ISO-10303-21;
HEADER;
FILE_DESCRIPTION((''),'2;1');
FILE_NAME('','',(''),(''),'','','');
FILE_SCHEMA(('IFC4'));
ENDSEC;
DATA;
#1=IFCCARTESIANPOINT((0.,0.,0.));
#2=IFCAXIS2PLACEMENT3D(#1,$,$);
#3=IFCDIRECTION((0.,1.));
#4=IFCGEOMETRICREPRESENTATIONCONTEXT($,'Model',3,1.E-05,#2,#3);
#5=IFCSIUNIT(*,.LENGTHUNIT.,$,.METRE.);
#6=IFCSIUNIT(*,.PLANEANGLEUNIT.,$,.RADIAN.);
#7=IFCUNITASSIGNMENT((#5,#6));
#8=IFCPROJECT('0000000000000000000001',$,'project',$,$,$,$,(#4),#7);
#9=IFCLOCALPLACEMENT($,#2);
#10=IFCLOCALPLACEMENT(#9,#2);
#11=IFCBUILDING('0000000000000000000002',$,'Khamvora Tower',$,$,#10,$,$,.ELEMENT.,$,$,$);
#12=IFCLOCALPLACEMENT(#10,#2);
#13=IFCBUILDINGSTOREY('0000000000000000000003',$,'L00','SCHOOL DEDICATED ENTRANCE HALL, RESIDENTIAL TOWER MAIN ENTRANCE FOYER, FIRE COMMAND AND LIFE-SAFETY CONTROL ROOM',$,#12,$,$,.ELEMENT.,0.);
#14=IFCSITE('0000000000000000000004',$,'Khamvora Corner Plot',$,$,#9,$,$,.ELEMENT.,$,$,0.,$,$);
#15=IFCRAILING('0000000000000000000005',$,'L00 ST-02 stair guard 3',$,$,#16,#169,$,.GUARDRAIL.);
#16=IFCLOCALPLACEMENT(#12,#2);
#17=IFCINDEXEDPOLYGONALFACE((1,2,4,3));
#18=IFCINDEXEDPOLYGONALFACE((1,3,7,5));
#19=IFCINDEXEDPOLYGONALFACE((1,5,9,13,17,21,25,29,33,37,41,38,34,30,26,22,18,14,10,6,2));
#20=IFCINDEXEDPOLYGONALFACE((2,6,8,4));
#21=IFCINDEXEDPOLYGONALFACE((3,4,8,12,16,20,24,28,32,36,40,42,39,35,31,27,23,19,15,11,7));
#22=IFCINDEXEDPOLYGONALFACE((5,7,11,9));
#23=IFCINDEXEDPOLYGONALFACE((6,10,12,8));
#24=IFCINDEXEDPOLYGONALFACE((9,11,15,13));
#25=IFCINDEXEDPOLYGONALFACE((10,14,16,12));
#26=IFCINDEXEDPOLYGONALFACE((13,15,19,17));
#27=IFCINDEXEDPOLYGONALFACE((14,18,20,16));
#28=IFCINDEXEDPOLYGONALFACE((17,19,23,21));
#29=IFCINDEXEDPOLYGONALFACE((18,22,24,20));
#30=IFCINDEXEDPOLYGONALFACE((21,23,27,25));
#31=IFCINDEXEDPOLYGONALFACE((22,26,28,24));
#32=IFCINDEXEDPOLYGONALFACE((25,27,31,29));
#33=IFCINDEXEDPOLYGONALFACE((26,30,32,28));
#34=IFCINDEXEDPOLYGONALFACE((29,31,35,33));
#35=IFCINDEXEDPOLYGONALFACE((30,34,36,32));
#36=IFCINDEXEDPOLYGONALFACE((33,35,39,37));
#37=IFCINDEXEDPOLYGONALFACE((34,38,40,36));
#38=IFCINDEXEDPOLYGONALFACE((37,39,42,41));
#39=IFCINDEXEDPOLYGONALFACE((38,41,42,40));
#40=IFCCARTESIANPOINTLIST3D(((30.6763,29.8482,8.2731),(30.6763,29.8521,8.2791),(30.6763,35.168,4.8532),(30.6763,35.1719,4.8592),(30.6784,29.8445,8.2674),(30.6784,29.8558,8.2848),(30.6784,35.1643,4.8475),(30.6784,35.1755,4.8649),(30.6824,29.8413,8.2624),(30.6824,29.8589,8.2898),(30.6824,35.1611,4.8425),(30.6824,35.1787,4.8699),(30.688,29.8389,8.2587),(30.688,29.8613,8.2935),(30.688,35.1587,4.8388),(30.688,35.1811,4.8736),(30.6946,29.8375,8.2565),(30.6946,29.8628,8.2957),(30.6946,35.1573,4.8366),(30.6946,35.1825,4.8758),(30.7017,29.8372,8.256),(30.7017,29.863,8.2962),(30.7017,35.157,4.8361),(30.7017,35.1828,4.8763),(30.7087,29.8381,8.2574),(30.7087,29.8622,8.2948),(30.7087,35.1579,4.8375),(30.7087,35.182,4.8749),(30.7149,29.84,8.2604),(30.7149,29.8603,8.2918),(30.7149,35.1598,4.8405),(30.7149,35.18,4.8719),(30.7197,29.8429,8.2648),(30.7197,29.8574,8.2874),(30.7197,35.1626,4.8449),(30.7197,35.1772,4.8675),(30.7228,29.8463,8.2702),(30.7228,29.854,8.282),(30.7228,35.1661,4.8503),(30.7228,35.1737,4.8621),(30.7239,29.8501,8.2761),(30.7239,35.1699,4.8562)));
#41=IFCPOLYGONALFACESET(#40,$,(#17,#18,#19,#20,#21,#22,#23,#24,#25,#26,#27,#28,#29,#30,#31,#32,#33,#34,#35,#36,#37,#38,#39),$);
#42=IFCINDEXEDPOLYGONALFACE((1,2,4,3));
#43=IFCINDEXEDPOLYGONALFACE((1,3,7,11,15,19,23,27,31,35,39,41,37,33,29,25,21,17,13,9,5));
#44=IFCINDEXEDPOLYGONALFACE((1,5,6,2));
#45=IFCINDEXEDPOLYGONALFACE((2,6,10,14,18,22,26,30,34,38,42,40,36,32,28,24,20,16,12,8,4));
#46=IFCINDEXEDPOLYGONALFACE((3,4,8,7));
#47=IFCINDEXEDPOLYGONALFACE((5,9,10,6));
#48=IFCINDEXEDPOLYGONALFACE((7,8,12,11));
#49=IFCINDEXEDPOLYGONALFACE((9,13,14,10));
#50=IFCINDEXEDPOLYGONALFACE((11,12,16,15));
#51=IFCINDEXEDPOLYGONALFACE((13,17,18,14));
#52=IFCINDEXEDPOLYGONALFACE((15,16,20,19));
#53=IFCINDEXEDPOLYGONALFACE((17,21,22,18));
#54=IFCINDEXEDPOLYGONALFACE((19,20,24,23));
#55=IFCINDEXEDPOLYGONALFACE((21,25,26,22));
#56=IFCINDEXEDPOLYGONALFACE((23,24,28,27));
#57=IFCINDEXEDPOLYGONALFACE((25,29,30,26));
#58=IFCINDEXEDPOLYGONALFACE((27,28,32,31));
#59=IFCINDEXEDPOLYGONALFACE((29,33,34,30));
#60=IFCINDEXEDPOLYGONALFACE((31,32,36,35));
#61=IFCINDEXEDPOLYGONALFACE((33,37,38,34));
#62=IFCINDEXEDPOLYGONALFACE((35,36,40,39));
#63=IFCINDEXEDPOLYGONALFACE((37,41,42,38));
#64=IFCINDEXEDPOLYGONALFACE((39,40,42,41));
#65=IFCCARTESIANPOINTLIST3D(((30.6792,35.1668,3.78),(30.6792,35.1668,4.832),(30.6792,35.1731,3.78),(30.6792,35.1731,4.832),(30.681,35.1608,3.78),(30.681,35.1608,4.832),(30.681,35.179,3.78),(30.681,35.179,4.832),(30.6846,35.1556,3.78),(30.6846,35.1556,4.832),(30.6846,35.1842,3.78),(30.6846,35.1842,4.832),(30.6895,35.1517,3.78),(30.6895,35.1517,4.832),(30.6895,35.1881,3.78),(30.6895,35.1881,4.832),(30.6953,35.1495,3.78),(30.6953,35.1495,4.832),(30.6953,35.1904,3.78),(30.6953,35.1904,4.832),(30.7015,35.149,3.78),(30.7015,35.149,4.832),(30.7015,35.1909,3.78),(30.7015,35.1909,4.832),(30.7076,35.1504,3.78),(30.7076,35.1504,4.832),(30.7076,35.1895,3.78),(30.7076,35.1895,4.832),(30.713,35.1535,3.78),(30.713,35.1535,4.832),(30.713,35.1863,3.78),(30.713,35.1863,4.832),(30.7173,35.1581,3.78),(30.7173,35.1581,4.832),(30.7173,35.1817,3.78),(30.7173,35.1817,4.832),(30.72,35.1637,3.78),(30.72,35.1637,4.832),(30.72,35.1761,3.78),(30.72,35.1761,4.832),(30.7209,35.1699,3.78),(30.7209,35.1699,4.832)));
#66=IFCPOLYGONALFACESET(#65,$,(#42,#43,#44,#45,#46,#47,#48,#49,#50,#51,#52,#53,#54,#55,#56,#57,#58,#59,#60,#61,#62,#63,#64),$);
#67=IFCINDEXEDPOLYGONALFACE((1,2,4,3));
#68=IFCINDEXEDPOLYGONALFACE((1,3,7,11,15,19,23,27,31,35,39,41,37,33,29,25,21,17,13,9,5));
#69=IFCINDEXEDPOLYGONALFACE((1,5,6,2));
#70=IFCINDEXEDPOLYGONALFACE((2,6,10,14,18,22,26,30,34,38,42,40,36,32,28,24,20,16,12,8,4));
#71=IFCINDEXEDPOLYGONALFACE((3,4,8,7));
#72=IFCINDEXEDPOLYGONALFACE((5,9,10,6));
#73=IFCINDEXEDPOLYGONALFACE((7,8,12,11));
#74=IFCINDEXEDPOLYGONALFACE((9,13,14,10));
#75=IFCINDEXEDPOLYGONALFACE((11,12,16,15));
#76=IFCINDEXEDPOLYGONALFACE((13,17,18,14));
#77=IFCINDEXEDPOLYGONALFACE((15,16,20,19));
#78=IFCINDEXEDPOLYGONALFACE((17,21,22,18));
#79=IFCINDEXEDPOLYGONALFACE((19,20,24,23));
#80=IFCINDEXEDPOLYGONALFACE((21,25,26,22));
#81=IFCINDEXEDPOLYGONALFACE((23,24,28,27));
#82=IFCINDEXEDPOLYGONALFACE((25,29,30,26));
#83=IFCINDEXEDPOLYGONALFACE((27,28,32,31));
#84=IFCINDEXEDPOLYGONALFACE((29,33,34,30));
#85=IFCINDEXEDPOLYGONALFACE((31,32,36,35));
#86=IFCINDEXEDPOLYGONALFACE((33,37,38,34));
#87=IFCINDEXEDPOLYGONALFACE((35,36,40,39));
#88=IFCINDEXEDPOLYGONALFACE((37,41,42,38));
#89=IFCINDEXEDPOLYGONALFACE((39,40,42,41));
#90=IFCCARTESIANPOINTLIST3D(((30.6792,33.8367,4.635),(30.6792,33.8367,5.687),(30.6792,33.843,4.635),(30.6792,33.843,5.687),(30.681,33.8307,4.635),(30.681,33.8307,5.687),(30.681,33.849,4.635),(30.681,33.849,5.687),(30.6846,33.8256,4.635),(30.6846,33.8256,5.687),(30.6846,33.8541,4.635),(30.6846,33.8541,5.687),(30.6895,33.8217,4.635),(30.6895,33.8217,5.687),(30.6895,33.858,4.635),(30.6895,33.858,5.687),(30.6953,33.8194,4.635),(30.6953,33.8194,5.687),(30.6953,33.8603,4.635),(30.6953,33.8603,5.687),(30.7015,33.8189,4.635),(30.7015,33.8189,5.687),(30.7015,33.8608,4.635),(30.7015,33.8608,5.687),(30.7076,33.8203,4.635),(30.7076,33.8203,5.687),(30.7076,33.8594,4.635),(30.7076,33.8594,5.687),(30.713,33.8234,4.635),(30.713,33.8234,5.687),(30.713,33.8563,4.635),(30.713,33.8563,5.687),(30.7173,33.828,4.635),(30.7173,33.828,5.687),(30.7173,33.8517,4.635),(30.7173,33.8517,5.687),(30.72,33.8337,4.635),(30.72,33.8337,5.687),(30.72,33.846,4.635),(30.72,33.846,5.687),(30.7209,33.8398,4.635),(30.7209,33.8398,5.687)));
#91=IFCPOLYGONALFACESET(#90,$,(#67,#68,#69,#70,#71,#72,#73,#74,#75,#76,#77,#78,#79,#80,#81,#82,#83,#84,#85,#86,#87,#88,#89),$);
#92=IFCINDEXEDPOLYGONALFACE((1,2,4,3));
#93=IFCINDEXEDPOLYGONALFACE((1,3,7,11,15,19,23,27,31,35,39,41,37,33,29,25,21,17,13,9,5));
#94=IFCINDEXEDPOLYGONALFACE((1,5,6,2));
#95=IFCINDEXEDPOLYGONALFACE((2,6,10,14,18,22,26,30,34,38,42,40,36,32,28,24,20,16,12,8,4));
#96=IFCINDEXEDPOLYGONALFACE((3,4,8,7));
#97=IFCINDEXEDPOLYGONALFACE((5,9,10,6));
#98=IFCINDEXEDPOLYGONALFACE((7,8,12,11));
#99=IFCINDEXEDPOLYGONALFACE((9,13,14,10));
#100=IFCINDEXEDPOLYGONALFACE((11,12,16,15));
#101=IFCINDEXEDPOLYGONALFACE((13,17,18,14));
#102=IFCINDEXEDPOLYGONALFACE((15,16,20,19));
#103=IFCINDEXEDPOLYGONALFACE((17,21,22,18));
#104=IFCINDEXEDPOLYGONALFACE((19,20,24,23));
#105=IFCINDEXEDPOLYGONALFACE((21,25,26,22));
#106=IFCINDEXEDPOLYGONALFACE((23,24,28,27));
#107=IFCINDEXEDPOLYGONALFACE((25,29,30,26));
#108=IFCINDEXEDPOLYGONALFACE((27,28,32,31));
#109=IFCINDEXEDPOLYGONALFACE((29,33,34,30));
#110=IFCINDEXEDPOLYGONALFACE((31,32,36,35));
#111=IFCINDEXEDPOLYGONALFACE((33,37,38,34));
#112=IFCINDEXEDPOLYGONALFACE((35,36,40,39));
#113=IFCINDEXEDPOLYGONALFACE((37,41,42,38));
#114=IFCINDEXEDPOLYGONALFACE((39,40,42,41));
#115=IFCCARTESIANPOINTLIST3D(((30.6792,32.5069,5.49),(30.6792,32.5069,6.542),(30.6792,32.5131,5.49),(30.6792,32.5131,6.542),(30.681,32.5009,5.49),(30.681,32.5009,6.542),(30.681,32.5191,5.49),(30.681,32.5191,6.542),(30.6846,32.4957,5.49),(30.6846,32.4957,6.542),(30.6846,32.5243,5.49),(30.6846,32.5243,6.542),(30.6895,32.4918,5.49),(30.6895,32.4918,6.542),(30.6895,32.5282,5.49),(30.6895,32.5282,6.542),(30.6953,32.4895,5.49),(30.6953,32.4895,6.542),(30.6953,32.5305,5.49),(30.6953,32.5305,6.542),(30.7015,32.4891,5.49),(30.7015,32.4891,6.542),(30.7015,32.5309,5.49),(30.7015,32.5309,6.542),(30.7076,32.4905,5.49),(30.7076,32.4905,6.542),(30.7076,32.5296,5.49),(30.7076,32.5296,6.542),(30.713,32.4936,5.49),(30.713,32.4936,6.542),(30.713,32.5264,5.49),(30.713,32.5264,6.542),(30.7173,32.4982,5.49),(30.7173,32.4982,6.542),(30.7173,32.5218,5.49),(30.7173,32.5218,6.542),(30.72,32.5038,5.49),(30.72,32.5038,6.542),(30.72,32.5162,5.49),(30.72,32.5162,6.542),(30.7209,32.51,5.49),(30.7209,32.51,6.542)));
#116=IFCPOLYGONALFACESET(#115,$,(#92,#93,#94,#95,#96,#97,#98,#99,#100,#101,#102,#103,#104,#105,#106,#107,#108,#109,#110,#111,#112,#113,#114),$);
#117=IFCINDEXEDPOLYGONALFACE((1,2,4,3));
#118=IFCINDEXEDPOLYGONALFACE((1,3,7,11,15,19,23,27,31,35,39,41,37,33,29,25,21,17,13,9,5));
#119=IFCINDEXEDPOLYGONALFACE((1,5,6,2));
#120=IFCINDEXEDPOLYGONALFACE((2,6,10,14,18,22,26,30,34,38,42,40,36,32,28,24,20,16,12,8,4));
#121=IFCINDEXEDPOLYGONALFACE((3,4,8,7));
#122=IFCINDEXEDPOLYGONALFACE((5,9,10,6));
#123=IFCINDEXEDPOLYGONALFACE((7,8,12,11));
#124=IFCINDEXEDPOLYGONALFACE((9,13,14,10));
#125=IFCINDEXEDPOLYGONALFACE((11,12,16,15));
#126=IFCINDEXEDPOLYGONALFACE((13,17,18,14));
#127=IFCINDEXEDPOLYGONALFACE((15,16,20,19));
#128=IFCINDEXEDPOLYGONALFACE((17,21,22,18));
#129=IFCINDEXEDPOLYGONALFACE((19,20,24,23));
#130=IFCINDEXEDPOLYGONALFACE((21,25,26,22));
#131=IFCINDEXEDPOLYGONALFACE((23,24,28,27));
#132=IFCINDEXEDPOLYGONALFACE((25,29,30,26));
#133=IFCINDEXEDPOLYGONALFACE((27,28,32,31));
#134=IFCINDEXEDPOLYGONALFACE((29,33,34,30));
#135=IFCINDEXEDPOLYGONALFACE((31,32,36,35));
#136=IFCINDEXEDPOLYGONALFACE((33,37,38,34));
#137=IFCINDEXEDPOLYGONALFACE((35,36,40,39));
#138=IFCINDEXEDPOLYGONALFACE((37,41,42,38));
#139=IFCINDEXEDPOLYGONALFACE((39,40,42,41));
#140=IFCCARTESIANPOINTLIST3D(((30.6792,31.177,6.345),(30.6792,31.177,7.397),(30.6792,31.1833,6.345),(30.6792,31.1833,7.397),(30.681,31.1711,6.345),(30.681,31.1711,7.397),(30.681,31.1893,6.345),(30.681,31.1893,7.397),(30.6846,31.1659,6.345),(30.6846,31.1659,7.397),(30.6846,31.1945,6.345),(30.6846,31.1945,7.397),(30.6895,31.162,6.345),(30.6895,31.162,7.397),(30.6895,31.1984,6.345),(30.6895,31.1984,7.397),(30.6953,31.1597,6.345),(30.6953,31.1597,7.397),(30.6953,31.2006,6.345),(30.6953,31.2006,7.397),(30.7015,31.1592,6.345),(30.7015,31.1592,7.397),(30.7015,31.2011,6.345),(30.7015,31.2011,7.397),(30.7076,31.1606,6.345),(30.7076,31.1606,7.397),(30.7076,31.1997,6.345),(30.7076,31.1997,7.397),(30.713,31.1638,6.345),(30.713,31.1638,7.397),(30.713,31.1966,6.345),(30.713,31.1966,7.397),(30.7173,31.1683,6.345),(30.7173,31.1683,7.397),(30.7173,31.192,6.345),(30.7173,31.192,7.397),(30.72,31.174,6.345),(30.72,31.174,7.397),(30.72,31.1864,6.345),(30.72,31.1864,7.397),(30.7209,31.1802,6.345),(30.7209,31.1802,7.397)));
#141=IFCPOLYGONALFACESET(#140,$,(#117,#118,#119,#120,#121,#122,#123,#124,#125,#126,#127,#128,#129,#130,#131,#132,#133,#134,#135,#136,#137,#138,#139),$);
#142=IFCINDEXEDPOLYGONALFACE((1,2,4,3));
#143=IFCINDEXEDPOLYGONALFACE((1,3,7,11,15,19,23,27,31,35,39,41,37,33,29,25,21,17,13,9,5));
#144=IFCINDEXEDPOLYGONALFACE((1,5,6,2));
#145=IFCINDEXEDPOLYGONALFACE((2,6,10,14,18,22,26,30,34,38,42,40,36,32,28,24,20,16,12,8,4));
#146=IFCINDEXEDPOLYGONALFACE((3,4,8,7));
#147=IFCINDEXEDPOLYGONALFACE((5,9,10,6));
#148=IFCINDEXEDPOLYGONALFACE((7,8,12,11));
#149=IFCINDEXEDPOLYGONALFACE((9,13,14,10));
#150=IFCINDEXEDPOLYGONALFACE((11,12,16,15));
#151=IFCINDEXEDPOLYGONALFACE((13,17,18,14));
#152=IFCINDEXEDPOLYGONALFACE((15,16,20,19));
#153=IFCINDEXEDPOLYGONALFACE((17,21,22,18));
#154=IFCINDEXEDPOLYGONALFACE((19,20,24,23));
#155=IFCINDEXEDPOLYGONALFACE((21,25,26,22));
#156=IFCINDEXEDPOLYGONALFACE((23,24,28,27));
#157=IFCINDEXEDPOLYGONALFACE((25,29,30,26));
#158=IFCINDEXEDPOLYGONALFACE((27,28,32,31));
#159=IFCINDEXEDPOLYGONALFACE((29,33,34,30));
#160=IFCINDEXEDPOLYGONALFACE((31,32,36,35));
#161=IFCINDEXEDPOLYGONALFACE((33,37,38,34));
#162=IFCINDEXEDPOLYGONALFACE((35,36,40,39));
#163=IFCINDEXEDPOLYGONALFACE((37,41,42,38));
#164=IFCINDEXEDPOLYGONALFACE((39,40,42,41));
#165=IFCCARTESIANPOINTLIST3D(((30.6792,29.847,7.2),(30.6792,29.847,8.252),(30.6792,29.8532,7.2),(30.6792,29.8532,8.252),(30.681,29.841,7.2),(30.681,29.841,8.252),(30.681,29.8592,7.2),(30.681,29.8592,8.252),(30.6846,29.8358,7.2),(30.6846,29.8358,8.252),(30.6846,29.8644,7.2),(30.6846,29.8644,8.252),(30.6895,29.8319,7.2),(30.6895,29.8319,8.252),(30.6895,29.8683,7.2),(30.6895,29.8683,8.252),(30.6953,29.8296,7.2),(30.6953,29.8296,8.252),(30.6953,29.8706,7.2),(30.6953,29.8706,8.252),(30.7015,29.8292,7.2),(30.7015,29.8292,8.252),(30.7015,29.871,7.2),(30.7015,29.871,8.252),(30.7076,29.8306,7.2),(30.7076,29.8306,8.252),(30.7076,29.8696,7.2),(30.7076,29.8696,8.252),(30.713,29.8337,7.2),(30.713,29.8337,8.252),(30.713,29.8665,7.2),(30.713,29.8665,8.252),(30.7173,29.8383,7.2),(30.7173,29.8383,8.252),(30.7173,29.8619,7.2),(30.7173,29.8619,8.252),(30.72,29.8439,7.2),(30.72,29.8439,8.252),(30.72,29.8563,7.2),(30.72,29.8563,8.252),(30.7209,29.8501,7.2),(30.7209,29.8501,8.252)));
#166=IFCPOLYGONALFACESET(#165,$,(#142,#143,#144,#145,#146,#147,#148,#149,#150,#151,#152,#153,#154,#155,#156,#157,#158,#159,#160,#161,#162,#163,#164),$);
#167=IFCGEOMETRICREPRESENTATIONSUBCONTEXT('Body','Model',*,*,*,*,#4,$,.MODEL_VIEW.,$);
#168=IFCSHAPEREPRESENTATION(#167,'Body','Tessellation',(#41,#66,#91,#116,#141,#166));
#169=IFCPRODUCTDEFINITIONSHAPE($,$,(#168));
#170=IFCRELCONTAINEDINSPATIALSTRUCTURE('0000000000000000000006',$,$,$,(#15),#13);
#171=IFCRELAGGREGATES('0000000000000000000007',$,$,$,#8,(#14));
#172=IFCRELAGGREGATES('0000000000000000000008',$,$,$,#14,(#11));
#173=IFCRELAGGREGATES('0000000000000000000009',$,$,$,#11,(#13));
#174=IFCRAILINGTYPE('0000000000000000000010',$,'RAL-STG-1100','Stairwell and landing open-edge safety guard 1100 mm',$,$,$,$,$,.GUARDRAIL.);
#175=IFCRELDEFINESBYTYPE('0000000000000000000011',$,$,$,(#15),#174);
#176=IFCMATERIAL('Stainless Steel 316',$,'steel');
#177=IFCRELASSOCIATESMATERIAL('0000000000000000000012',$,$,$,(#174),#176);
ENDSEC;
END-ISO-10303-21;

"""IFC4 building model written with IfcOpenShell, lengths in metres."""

from ifc_helpers import new_model, si_unit, direction, frame, origin, origin_2d, place, context, subcontext, project, spatial, circle, extrude, material, type_object, element, save


model = new_model("IFC4")

# Units and contexts
model_context = context("Model", 3, precision=1e-05, world=origin(), true_north=direction((0.0, 1.0)))
body_context = subcontext(model_context, "Body", "Model", "MODEL_VIEW")
ifc_project = project(units=[si_unit("LENGTHUNIT", "METRE"), si_unit("PLANEANGLEUNIT", "RADIAN")], contexts=[model_context])

# Site, building, storey
site_placement = place(None, origin())
site = spatial("IfcSite", under=ifc_project, at=site_placement, Name="Khamvora Corner Plot", CompositionType="ELEMENT", RefElevation=0.0)
building_placement = place(site_placement, origin())
building = spatial("IfcBuilding", under=site, at=building_placement, Name="Khamvora Tower", CompositionType="ELEMENT")
storey_placement = place(building_placement, origin())
storey = spatial("IfcBuildingStorey", under=building, at=storey_placement, Name="L00", Description="SCHOOL DEDICATED ENTRANCE HALL, RESIDENTIAL TOWER MAIN ENTRANCE FOYER, FIRE COMMAND AND LIFE-SAFETY CONTROL ROOM", CompositionType="ELEMENT", Elevation=0.0)

# Railing
ifc_material_1 = material(Name="Stainless Steel 316", Category="steel")
railing_type_1 = type_object("IfcRailingType", Name="RAL-STG-1100", Description="Stairwell and landing open-edge safety guard 1100 mm", PredefinedType="GUARDRAIL", material=ifc_material_1)
railing_1_placement = place(storey_placement, frame((30.7, 35.1699, 3.78)))
element("IfcRailing", 1, at=railing_1_placement, inside=storey, type_object=railing_type_1, Name="L00 ST-02 stair guard 3", PredefinedType="GUARDRAIL", context=body_context, shape_type="SweptSolid", body=[
    extrude(circle(Radius=0.0239, at=origin_2d()), frame((0.0, 0.0, 1.0762), z_axis=(0.0, -0.841176, 0.540761), x_axis=(1.0, 0.0, 0.0)), (0.0, 0.0, 1.0), 6.3242),
    extrude(circle(Radius=0.021, at=origin_2d()), origin(), (0.0, 0.0, 1.0), 1.052),
    extrude(circle(Radius=0.021, at=origin_2d()), frame((0.0, -1.3301, 0.855)), (0.0, 0.0, 1.0), 1.052),
    extrude(circle(Radius=0.021, at=origin_2d()), frame((0.0, -2.6599, 1.71)), (0.0, 0.0, 1.0), 1.052),
    extrude(circle(Radius=0.021, at=origin_2d()), frame((0.0, -3.9897, 2.5649)), (0.0, 0.0, 1.0), 1.052),
    extrude(circle(Radius=0.021, at=origin_2d()), frame((0.0, -5.3198, 3.4199)), (0.0, 0.0, 1.0), 1.052),
])

save(model, "model.ifc")
